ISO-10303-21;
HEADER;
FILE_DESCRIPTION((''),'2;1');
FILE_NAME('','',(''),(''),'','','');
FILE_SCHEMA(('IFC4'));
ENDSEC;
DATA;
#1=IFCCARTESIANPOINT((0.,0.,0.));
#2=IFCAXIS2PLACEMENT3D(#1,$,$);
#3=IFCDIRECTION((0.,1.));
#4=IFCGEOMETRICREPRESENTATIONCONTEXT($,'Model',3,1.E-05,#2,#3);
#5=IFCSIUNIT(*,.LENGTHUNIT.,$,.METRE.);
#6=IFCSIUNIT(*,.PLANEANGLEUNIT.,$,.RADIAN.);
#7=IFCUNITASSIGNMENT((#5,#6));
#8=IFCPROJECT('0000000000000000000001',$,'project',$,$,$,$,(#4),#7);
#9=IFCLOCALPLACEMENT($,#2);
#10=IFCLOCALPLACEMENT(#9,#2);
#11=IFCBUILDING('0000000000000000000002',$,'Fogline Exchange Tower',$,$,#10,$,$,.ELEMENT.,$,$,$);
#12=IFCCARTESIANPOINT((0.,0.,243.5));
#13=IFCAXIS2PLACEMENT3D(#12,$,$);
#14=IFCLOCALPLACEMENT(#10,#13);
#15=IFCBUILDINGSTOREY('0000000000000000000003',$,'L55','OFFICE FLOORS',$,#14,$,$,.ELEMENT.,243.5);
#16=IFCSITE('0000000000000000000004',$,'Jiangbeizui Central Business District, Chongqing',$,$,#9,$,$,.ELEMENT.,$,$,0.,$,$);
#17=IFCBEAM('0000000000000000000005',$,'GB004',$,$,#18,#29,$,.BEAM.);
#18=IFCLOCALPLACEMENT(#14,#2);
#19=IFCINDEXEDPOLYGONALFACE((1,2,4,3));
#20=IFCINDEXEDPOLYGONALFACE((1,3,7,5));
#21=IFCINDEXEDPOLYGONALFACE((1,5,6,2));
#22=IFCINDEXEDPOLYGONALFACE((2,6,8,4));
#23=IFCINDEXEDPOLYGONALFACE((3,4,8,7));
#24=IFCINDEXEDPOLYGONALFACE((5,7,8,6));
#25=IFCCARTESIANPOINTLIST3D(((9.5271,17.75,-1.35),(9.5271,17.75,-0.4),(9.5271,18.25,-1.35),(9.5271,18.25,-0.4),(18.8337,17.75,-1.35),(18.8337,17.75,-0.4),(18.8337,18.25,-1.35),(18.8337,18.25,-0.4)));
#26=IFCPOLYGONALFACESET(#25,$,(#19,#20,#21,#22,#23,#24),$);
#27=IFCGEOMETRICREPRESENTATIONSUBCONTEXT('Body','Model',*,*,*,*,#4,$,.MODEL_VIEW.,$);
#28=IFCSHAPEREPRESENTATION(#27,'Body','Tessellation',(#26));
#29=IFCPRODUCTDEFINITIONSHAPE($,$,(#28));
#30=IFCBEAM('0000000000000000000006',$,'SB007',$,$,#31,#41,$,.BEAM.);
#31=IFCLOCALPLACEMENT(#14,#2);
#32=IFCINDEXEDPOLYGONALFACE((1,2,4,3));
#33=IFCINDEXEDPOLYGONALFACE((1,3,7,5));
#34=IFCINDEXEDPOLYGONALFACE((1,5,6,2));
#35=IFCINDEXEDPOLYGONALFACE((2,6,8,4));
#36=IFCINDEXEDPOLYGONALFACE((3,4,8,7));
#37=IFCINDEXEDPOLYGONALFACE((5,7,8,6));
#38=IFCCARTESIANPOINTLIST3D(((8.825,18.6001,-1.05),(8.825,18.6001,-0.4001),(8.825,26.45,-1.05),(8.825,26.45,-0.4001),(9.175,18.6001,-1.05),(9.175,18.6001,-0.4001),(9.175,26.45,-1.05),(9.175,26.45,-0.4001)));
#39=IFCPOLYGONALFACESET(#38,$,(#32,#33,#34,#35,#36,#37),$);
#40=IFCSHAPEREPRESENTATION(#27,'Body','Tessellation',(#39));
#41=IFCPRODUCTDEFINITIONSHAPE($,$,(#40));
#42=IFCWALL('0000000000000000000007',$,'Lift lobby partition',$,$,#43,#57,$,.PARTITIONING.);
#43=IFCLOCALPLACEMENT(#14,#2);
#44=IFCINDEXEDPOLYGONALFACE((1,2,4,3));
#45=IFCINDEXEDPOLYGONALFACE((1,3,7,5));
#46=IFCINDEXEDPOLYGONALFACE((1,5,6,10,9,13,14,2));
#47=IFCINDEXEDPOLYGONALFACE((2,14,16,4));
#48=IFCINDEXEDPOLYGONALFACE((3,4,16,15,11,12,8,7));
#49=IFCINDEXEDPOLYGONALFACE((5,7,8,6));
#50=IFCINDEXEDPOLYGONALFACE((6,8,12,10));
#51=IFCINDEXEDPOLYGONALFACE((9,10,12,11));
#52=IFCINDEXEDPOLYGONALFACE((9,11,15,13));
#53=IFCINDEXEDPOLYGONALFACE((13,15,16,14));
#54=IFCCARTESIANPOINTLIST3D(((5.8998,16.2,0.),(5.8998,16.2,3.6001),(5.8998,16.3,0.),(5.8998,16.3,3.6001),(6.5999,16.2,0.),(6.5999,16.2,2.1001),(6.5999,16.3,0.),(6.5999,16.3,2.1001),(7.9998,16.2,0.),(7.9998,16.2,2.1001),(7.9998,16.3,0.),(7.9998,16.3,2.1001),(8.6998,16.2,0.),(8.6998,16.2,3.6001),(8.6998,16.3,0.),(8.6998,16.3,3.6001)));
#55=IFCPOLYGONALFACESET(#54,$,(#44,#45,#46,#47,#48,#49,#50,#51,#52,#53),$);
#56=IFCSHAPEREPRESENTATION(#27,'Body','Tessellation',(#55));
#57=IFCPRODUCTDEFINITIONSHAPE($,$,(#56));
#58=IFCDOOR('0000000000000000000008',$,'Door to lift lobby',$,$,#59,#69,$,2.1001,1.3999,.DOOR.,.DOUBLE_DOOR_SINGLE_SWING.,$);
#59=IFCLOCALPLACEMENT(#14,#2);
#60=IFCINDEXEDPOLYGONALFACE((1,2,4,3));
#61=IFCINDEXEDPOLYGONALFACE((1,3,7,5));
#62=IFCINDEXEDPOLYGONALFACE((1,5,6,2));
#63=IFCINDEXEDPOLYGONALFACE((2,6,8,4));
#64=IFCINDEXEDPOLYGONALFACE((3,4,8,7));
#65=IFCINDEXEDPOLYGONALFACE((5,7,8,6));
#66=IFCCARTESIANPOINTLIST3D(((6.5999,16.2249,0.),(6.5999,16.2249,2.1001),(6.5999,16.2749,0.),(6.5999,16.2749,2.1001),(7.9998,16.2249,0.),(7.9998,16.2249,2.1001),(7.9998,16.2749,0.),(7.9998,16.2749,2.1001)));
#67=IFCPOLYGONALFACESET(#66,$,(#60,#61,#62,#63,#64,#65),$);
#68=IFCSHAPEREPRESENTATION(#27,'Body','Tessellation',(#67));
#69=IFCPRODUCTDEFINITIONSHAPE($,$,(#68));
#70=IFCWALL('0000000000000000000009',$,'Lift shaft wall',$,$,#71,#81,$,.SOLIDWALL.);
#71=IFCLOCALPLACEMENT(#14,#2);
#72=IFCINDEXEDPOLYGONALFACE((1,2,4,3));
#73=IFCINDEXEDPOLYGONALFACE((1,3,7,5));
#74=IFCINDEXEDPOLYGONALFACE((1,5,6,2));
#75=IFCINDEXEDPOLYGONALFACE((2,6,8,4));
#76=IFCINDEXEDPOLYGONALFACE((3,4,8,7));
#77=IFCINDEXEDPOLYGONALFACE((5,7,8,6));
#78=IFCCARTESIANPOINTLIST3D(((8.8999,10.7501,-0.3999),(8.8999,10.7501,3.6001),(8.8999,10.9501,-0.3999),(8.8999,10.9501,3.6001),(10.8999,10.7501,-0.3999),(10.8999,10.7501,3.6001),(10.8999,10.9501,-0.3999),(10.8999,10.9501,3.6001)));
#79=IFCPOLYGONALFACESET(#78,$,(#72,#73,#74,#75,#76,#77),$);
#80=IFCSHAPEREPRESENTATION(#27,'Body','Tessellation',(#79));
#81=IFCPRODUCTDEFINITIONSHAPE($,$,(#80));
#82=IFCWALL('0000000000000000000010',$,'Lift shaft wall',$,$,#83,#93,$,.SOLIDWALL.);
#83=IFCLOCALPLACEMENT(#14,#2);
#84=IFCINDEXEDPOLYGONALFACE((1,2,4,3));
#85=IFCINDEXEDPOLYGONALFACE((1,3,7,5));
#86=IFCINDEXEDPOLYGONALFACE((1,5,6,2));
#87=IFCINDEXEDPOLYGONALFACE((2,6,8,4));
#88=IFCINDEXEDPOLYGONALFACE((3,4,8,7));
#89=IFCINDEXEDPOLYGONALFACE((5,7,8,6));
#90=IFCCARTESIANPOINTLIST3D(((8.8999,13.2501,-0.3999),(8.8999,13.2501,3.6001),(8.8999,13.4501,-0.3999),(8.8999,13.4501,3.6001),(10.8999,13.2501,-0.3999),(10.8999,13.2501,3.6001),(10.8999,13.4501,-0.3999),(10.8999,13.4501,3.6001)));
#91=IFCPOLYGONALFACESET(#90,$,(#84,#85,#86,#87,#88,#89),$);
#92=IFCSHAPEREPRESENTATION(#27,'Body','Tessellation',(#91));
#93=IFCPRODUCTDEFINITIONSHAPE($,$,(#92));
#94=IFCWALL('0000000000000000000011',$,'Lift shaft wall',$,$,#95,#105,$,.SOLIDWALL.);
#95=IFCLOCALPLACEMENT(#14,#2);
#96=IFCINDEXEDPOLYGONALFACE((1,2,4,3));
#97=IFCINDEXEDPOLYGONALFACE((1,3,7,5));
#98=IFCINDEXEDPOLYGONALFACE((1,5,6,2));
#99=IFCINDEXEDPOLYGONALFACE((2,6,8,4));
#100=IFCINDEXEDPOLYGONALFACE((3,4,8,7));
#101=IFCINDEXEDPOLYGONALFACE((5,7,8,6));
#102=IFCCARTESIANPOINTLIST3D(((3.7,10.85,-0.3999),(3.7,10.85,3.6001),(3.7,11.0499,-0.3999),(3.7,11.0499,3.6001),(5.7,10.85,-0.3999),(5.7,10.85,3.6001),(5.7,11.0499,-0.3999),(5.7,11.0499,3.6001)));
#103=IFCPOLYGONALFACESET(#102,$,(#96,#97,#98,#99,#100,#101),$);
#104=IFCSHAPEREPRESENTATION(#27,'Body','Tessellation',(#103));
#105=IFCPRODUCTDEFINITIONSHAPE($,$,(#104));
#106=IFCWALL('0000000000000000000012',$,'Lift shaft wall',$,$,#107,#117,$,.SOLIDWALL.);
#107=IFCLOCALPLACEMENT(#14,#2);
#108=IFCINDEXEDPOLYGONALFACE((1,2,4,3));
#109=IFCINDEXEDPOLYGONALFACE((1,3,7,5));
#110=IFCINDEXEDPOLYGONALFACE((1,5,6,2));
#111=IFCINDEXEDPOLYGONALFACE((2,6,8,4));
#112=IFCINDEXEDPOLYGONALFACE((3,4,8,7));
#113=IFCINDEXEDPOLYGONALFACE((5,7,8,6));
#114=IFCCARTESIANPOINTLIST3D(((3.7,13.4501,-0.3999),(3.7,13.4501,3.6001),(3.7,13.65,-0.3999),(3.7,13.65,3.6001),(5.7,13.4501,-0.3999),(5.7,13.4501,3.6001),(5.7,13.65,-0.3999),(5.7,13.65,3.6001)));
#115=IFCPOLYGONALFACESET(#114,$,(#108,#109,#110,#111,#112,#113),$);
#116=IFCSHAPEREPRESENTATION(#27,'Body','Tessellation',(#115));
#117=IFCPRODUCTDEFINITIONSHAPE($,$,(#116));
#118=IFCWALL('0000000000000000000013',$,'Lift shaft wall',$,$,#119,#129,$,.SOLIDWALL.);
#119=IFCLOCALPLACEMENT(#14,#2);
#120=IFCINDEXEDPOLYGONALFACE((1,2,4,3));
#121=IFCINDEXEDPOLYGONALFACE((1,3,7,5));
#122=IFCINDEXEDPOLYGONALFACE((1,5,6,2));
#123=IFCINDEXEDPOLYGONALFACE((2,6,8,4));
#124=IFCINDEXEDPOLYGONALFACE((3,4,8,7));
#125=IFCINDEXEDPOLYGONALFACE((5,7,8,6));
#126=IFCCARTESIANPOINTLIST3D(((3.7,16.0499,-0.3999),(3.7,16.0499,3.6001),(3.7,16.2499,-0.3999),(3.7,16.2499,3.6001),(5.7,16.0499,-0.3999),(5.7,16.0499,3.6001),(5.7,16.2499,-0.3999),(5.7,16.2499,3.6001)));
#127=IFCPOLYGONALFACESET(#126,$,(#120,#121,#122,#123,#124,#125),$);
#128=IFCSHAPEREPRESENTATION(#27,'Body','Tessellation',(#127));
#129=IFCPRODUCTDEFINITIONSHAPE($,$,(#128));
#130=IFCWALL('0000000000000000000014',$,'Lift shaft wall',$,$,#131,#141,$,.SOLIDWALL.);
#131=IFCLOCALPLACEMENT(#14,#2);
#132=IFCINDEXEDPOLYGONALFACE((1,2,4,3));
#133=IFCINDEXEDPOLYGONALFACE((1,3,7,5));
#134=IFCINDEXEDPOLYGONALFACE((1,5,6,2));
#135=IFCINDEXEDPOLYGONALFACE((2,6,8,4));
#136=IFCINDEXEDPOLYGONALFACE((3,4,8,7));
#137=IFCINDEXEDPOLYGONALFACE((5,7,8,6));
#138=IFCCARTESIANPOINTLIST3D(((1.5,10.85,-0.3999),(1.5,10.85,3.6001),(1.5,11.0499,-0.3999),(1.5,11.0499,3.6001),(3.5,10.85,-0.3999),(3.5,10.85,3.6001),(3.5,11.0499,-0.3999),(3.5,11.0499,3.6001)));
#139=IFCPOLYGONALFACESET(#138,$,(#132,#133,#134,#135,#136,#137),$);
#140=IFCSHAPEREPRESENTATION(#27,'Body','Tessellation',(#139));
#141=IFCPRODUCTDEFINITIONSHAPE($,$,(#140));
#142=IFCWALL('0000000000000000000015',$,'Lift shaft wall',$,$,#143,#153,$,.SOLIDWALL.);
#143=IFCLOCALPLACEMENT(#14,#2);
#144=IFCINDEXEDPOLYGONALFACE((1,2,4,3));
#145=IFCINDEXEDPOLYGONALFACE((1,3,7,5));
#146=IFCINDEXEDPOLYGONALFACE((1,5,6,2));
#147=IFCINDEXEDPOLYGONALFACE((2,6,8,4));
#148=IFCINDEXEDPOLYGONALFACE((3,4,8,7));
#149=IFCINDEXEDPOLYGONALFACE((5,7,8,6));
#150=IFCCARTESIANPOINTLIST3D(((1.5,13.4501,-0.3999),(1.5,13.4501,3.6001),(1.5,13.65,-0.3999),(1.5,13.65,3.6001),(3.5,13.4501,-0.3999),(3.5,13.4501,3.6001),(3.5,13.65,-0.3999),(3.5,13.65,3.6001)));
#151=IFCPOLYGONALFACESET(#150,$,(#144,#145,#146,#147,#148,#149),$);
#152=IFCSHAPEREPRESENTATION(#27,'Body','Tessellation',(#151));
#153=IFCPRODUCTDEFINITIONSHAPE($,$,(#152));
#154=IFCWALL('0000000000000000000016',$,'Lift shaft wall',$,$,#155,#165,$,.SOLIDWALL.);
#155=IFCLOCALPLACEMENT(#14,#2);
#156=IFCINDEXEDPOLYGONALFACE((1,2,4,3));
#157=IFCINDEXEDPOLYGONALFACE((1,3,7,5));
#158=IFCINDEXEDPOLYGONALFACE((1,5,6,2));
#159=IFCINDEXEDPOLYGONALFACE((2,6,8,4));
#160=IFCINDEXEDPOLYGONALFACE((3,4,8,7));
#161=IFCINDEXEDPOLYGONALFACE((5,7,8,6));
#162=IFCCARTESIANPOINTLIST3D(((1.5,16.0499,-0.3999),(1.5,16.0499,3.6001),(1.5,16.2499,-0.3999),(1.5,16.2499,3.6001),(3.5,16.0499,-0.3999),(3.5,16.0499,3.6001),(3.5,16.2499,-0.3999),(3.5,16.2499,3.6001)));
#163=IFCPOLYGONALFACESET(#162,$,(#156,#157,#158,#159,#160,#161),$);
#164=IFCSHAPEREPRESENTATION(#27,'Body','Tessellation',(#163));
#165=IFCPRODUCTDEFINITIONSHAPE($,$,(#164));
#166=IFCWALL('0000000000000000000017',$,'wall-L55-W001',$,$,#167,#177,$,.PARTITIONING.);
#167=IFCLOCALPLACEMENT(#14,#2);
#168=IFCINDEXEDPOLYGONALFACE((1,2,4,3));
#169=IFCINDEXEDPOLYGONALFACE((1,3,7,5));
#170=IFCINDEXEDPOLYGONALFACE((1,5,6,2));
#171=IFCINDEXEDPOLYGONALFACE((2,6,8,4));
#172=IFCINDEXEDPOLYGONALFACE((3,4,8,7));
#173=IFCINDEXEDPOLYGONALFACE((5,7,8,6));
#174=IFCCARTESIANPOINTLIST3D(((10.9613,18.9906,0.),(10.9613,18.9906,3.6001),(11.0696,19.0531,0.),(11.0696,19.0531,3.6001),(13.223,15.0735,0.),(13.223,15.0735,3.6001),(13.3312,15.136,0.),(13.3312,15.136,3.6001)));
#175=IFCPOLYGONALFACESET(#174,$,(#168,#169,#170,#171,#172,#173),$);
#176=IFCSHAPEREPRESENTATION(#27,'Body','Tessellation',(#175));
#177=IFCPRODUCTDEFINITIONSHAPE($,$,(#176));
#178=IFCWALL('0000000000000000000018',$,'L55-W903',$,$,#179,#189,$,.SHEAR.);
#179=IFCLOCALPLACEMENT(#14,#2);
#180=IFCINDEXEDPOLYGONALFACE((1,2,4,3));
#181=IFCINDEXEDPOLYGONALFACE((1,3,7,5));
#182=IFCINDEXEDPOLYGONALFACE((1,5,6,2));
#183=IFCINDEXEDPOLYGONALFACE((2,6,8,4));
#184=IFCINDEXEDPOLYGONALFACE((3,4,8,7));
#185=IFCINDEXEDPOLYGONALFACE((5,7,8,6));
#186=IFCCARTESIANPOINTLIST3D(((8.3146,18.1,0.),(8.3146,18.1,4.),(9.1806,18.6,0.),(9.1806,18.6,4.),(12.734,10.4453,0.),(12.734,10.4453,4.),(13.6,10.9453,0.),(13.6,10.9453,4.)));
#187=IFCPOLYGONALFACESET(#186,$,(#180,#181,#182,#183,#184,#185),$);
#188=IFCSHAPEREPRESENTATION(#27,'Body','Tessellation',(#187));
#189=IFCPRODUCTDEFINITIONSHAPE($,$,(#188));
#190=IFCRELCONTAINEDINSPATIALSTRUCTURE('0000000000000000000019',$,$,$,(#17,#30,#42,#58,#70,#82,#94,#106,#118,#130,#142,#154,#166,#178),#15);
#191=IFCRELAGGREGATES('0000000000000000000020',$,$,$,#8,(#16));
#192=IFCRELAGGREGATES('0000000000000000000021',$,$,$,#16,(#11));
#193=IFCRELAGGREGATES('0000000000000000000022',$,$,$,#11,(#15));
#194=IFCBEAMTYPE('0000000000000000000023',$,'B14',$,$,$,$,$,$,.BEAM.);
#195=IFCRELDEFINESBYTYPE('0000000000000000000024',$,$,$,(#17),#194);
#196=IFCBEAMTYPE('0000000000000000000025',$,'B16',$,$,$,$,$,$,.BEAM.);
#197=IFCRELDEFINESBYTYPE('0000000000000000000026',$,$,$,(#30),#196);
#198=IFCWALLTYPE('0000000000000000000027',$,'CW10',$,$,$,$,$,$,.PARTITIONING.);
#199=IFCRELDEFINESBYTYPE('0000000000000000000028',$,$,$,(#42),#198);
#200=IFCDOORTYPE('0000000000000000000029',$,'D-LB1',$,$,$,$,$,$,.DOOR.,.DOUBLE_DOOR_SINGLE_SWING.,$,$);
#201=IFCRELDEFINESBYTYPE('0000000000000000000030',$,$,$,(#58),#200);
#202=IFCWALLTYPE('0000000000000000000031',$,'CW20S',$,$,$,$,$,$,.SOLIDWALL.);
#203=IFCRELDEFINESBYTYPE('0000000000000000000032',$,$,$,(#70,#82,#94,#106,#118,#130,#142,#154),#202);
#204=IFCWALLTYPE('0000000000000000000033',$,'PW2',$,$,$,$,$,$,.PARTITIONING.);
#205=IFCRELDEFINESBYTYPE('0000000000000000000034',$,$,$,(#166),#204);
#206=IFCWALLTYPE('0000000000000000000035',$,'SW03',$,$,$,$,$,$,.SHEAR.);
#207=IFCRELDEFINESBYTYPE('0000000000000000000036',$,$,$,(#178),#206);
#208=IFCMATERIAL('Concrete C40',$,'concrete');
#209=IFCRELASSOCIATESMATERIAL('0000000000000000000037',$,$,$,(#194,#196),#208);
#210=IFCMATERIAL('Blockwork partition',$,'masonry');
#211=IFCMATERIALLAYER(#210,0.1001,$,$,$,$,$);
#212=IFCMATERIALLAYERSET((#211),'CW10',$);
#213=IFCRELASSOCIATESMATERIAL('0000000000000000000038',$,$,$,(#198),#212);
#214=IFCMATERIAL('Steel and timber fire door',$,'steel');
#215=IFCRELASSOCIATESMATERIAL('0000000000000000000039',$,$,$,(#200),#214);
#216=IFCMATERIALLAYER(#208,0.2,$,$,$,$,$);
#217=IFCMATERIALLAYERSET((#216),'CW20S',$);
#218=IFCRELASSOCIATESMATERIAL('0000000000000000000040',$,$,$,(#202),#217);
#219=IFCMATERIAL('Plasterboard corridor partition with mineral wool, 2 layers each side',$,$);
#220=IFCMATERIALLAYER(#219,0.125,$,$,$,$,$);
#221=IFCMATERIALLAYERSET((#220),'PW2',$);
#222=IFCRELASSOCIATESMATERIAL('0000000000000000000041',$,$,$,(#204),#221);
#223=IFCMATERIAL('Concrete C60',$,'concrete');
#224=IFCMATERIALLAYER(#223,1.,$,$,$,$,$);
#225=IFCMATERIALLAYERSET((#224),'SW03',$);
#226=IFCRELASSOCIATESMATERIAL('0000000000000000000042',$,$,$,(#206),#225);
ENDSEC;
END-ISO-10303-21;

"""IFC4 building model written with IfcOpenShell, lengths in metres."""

from ifc_helpers import new_model, si_unit, direction, frame, frame_2d, origin, origin_2d, place, context, subcontext, project, spatial, rectangle, extrude, material, layer, layer_set, material_profile, profile_set, type_object, element, fill, save


model = new_model("IFC4")

# Units and contexts
model_context = context("Model", 3, precision=1e-05, world=origin(), true_north=direction((0.0, 1.0)))
body_context = subcontext(model_context, "Body", "Model", "MODEL_VIEW")
ifc_project = project(units=[si_unit("LENGTHUNIT", "METRE"), si_unit("PLANEANGLEUNIT", "RADIAN")], contexts=[model_context])

# Site, building, storey
site_placement = place(None, origin())
site = spatial("IfcSite", under=ifc_project, at=site_placement, Name="Jiangbeizui Central Business District, Chongqing", CompositionType="ELEMENT", RefElevation=0.0)
building_placement = place(site_placement, origin())
building = spatial("IfcBuilding", under=site, at=building_placement, Name="Fogline Exchange Tower", CompositionType="ELEMENT")
storey_placement = place(building_placement, frame((0.0, 0.0, 243.5)))
storey = spatial("IfcBuildingStorey", under=building, at=storey_placement, Name="L55", Description="OFFICE FLOORS", CompositionType="ELEMENT", Elevation=243.5)

# Beams
ifc_material_1 = material(Name="Concrete C40", Category="concrete")
ifc_material_profile_1 = material_profile(ifc_material_1, rectangle(XDim=0.5, YDim=0.95, at=origin_2d()), Name="RC 500x950")
ifc_profile_set_1 = profile_set([ifc_material_profile_1], Name="Concrete C40")
beam_type_1 = type_object("IfcBeamType", Name="B14", PredefinedType="BEAM", material=ifc_profile_set_1)
beam_1_placement = place(storey_placement, frame((9.5271, 18.0, -0.875), z_axis=(1.0, 0.0, 0.0), x_axis=(0.0, 1.0, 0.0)))
element("IfcBeam", 1, at=beam_1_placement, inside=storey, type_object=beam_type_1, Name="GB004", PredefinedType="BEAM", context=body_context, shape_type="SweptSolid", body=[
    extrude(rectangle(XDim=0.5, YDim=0.95, at=origin_2d()), origin(), (0.0, 0.0, 1.0), 9.3066),
])
ifc_material_profile_2 = material_profile(ifc_material_1, rectangle(XDim=0.3501, YDim=0.6499, at=origin_2d()), Name="RC 350x650")
ifc_profile_set_2 = profile_set([ifc_material_profile_2], Name="Concrete C40")
beam_type_2 = type_object("IfcBeamType", Name="B16", PredefinedType="BEAM", material=ifc_profile_set_2)
beam_2_placement = place(storey_placement, frame((9.0, 18.6001, -0.7251), z_axis=(0.0, 1.0, 0.0), x_axis=(-1.0, 0.0, 0.0)))
element("IfcBeam", 2, at=beam_2_placement, inside=storey, type_object=beam_type_2, Name="SB007", PredefinedType="BEAM", context=body_context, shape_type="SweptSolid", body=[
    extrude(rectangle(XDim=0.3501, YDim=0.6499, at=origin_2d()), origin(), (0.0, 0.0, 1.0), 7.8499),
])

# Wall, opening, door
ifc_material_2 = material(Name="Blockwork partition", Category="masonry")
ifc_layer_1 = layer(ifc_material_2, 0.1001)
ifc_layer_set_1 = layer_set([ifc_layer_1], Name="CW10")
wall_type_1 = type_object("IfcWallType", Name="CW10", PredefinedType="PARTITIONING", material=ifc_layer_set_1)
wall_1_placement = place(storey_placement, frame((5.8999, 16.25, 0.0), z_axis=(0.0, 0.0, 1.0), x_axis=(1.0, 0.0, 0.0)))
wall_1 = element("IfcWall", 3, at=wall_1_placement, inside=storey, type_object=wall_type_1, Name="Lift lobby partition", PredefinedType="PARTITIONING", context=body_context, shape_type="SweptSolid", body=[
    extrude(rectangle(XDim=2.8, YDim=0.1001, at=frame_2d((1.3999, 0.0))), origin(), (0.0, 0.0, 1.0), 3.6001),
])
opening_1_placement = place(wall_1_placement, frame((0.7, 0.0, 0.0)))
opening_1 = element("IfcOpeningElement", 4, at=opening_1_placement, cuts=wall_1, PredefinedType="OPENING", context=body_context, shape_type="SweptSolid", body=[
    extrude(rectangle(XDim=1.3999, YDim=2.1001, at=frame_2d((0.7, 1.05))), frame((0.0, 0.0601, 0.0), z_axis=(0.0, -1.0, 0.0), x_axis=(1.0, 0.0, 0.0)), (0.0, 0.0, 1.0), 0.1201),
])
ifc_material_3 = material(Name="Steel and timber fire door", Category="steel")
door_type_1 = type_object("IfcDoorType", Name="D-LB1", OperationType="DOUBLE_DOOR_SINGLE_SWING", PredefinedType="DOOR", material=ifc_material_3)
door_1_placement = place(opening_1_placement, origin())
door_1 = element("IfcDoor", 5, at=door_1_placement, inside=storey, type_object=door_type_1, Name="Door to lift lobby", OperationType="DOUBLE_DOOR_SINGLE_SWING", OverallHeight=2.1001, OverallWidth=1.3999, PredefinedType="DOOR", context=body_context, shape_type="SweptSolid", body=[
    extrude(rectangle(XDim=1.3999, YDim=2.1001, at=frame_2d((0.7, 1.05))), frame((0.0, 0.0249, 0.0), z_axis=(0.0, -1.0, 0.0), x_axis=(1.0, 0.0, 0.0)), (0.0, 0.0, 1.0), 0.05),
])
fill(opening_1, door_1)

# Walls
ifc_layer_2 = layer(ifc_material_1, 0.2)
ifc_layer_set_2 = layer_set([ifc_layer_2], Name="CW20S")
wall_type_2 = type_object("IfcWallType", Name="CW20S", PredefinedType="SOLIDWALL", material=ifc_layer_set_2)
for number, where, z_axis, x_axis, name in (
    (6, (8.8999, 10.8501, -0.3999), (0.0, 0.0, 1.0), (1.0, 0.0, 0.0), "Lift shaft wall"),
    (7, (8.8999, 13.3501, -0.3999), (0.0, 0.0, 1.0), (1.0, 0.0, 0.0), "Lift shaft wall"),
    (8, (3.7, 10.95, -0.3999), (0.0, 0.0, 1.0), (1.0, 0.0, 0.0), "Lift shaft wall"),
    (9, (3.7, 13.55, -0.3999), (0.0, 0.0, 1.0), (1.0, 0.0, 0.0), "Lift shaft wall"),
    (10, (3.7, 16.1499, -0.3999), (0.0, 0.0, 1.0), (1.0, 0.0, 0.0), "Lift shaft wall"),
    (11, (1.5, 10.95, -0.3999), (0.0, 0.0, 1.0), (1.0, 0.0, 0.0), "Lift shaft wall"),
    (12, (1.5, 13.55, -0.3999), (0.0, 0.0, 1.0), (1.0, 0.0, 0.0), "Lift shaft wall"),
    (13, (1.5, 16.1499, -0.3999), (0.0, 0.0, 1.0), (1.0, 0.0, 0.0), "Lift shaft wall"),
):
    element("IfcWall", number, at=place(storey_placement, frame(where, z_axis=z_axis, x_axis=x_axis)), inside=storey, type_object=wall_type_2, Name=name, PredefinedType="SOLIDWALL", context=body_context, shape_type="SweptSolid", body=[
        extrude(rectangle(XDim=2.0, YDim=0.2, at=frame_2d((1.0, 0.0))), origin(), (0.0, 0.0, 1.0), 4.0),
    ])
ifc_material_4 = material(Name="Plasterboard corridor partition with mineral wool, 2 layers each side")
ifc_layer_3 = layer(ifc_material_4, 0.125)
ifc_layer_set_3 = layer_set([ifc_layer_3], Name="PW2")
wall_type_3 = type_object("IfcWallType", Name="PW2", PredefinedType="PARTITIONING", material=ifc_layer_set_3)
wall_2_placement = place(storey_placement, frame((11.0154, 19.022, 0.0), z_axis=(0.0, 0.0, 1.0), x_axis=(0.500017, -0.866016, 0.0)))
element("IfcWall", 14, at=wall_2_placement, inside=storey, type_object=wall_type_3, Name="wall-L55-W001", PredefinedType="PARTITIONING", context=body_context, shape_type="SweptSolid", body=[
    extrude(rectangle(XDim=4.5232, YDim=0.125, at=frame_2d((2.2617, 0.0))), origin(), (0.0, 0.0, 1.0), 3.6001),
])
ifc_material_5 = material(Name="Concrete C60", Category="concrete")
ifc_layer_4 = layer(ifc_material_5, 1.0)
ifc_layer_set_4 = layer_set([ifc_layer_4], Name="SW03")
wall_type_4 = type_object("IfcWallType", Name="SW03", PredefinedType="SHEAR", material=ifc_layer_set_4)
wall_3_placement = place(storey_placement, frame((13.167, 10.6953, 0.0), z_axis=(0.0, 0.0, 1.0), x_axis=(-0.499995, 0.866028, 0.0)))
element("IfcWall", 15, at=wall_3_placement, inside=storey, type_object=wall_type_4, Name="L55-W903", PredefinedType="SHEAR", context=body_context, shape_type="SweptSolid", body=[
    extrude(rectangle(XDim=8.8389, YDim=1.0, at=frame_2d((4.4194, 0.0))), origin(), (0.0, 0.0, 1.0), 4.0),
])

save(model, "model.ifc")
